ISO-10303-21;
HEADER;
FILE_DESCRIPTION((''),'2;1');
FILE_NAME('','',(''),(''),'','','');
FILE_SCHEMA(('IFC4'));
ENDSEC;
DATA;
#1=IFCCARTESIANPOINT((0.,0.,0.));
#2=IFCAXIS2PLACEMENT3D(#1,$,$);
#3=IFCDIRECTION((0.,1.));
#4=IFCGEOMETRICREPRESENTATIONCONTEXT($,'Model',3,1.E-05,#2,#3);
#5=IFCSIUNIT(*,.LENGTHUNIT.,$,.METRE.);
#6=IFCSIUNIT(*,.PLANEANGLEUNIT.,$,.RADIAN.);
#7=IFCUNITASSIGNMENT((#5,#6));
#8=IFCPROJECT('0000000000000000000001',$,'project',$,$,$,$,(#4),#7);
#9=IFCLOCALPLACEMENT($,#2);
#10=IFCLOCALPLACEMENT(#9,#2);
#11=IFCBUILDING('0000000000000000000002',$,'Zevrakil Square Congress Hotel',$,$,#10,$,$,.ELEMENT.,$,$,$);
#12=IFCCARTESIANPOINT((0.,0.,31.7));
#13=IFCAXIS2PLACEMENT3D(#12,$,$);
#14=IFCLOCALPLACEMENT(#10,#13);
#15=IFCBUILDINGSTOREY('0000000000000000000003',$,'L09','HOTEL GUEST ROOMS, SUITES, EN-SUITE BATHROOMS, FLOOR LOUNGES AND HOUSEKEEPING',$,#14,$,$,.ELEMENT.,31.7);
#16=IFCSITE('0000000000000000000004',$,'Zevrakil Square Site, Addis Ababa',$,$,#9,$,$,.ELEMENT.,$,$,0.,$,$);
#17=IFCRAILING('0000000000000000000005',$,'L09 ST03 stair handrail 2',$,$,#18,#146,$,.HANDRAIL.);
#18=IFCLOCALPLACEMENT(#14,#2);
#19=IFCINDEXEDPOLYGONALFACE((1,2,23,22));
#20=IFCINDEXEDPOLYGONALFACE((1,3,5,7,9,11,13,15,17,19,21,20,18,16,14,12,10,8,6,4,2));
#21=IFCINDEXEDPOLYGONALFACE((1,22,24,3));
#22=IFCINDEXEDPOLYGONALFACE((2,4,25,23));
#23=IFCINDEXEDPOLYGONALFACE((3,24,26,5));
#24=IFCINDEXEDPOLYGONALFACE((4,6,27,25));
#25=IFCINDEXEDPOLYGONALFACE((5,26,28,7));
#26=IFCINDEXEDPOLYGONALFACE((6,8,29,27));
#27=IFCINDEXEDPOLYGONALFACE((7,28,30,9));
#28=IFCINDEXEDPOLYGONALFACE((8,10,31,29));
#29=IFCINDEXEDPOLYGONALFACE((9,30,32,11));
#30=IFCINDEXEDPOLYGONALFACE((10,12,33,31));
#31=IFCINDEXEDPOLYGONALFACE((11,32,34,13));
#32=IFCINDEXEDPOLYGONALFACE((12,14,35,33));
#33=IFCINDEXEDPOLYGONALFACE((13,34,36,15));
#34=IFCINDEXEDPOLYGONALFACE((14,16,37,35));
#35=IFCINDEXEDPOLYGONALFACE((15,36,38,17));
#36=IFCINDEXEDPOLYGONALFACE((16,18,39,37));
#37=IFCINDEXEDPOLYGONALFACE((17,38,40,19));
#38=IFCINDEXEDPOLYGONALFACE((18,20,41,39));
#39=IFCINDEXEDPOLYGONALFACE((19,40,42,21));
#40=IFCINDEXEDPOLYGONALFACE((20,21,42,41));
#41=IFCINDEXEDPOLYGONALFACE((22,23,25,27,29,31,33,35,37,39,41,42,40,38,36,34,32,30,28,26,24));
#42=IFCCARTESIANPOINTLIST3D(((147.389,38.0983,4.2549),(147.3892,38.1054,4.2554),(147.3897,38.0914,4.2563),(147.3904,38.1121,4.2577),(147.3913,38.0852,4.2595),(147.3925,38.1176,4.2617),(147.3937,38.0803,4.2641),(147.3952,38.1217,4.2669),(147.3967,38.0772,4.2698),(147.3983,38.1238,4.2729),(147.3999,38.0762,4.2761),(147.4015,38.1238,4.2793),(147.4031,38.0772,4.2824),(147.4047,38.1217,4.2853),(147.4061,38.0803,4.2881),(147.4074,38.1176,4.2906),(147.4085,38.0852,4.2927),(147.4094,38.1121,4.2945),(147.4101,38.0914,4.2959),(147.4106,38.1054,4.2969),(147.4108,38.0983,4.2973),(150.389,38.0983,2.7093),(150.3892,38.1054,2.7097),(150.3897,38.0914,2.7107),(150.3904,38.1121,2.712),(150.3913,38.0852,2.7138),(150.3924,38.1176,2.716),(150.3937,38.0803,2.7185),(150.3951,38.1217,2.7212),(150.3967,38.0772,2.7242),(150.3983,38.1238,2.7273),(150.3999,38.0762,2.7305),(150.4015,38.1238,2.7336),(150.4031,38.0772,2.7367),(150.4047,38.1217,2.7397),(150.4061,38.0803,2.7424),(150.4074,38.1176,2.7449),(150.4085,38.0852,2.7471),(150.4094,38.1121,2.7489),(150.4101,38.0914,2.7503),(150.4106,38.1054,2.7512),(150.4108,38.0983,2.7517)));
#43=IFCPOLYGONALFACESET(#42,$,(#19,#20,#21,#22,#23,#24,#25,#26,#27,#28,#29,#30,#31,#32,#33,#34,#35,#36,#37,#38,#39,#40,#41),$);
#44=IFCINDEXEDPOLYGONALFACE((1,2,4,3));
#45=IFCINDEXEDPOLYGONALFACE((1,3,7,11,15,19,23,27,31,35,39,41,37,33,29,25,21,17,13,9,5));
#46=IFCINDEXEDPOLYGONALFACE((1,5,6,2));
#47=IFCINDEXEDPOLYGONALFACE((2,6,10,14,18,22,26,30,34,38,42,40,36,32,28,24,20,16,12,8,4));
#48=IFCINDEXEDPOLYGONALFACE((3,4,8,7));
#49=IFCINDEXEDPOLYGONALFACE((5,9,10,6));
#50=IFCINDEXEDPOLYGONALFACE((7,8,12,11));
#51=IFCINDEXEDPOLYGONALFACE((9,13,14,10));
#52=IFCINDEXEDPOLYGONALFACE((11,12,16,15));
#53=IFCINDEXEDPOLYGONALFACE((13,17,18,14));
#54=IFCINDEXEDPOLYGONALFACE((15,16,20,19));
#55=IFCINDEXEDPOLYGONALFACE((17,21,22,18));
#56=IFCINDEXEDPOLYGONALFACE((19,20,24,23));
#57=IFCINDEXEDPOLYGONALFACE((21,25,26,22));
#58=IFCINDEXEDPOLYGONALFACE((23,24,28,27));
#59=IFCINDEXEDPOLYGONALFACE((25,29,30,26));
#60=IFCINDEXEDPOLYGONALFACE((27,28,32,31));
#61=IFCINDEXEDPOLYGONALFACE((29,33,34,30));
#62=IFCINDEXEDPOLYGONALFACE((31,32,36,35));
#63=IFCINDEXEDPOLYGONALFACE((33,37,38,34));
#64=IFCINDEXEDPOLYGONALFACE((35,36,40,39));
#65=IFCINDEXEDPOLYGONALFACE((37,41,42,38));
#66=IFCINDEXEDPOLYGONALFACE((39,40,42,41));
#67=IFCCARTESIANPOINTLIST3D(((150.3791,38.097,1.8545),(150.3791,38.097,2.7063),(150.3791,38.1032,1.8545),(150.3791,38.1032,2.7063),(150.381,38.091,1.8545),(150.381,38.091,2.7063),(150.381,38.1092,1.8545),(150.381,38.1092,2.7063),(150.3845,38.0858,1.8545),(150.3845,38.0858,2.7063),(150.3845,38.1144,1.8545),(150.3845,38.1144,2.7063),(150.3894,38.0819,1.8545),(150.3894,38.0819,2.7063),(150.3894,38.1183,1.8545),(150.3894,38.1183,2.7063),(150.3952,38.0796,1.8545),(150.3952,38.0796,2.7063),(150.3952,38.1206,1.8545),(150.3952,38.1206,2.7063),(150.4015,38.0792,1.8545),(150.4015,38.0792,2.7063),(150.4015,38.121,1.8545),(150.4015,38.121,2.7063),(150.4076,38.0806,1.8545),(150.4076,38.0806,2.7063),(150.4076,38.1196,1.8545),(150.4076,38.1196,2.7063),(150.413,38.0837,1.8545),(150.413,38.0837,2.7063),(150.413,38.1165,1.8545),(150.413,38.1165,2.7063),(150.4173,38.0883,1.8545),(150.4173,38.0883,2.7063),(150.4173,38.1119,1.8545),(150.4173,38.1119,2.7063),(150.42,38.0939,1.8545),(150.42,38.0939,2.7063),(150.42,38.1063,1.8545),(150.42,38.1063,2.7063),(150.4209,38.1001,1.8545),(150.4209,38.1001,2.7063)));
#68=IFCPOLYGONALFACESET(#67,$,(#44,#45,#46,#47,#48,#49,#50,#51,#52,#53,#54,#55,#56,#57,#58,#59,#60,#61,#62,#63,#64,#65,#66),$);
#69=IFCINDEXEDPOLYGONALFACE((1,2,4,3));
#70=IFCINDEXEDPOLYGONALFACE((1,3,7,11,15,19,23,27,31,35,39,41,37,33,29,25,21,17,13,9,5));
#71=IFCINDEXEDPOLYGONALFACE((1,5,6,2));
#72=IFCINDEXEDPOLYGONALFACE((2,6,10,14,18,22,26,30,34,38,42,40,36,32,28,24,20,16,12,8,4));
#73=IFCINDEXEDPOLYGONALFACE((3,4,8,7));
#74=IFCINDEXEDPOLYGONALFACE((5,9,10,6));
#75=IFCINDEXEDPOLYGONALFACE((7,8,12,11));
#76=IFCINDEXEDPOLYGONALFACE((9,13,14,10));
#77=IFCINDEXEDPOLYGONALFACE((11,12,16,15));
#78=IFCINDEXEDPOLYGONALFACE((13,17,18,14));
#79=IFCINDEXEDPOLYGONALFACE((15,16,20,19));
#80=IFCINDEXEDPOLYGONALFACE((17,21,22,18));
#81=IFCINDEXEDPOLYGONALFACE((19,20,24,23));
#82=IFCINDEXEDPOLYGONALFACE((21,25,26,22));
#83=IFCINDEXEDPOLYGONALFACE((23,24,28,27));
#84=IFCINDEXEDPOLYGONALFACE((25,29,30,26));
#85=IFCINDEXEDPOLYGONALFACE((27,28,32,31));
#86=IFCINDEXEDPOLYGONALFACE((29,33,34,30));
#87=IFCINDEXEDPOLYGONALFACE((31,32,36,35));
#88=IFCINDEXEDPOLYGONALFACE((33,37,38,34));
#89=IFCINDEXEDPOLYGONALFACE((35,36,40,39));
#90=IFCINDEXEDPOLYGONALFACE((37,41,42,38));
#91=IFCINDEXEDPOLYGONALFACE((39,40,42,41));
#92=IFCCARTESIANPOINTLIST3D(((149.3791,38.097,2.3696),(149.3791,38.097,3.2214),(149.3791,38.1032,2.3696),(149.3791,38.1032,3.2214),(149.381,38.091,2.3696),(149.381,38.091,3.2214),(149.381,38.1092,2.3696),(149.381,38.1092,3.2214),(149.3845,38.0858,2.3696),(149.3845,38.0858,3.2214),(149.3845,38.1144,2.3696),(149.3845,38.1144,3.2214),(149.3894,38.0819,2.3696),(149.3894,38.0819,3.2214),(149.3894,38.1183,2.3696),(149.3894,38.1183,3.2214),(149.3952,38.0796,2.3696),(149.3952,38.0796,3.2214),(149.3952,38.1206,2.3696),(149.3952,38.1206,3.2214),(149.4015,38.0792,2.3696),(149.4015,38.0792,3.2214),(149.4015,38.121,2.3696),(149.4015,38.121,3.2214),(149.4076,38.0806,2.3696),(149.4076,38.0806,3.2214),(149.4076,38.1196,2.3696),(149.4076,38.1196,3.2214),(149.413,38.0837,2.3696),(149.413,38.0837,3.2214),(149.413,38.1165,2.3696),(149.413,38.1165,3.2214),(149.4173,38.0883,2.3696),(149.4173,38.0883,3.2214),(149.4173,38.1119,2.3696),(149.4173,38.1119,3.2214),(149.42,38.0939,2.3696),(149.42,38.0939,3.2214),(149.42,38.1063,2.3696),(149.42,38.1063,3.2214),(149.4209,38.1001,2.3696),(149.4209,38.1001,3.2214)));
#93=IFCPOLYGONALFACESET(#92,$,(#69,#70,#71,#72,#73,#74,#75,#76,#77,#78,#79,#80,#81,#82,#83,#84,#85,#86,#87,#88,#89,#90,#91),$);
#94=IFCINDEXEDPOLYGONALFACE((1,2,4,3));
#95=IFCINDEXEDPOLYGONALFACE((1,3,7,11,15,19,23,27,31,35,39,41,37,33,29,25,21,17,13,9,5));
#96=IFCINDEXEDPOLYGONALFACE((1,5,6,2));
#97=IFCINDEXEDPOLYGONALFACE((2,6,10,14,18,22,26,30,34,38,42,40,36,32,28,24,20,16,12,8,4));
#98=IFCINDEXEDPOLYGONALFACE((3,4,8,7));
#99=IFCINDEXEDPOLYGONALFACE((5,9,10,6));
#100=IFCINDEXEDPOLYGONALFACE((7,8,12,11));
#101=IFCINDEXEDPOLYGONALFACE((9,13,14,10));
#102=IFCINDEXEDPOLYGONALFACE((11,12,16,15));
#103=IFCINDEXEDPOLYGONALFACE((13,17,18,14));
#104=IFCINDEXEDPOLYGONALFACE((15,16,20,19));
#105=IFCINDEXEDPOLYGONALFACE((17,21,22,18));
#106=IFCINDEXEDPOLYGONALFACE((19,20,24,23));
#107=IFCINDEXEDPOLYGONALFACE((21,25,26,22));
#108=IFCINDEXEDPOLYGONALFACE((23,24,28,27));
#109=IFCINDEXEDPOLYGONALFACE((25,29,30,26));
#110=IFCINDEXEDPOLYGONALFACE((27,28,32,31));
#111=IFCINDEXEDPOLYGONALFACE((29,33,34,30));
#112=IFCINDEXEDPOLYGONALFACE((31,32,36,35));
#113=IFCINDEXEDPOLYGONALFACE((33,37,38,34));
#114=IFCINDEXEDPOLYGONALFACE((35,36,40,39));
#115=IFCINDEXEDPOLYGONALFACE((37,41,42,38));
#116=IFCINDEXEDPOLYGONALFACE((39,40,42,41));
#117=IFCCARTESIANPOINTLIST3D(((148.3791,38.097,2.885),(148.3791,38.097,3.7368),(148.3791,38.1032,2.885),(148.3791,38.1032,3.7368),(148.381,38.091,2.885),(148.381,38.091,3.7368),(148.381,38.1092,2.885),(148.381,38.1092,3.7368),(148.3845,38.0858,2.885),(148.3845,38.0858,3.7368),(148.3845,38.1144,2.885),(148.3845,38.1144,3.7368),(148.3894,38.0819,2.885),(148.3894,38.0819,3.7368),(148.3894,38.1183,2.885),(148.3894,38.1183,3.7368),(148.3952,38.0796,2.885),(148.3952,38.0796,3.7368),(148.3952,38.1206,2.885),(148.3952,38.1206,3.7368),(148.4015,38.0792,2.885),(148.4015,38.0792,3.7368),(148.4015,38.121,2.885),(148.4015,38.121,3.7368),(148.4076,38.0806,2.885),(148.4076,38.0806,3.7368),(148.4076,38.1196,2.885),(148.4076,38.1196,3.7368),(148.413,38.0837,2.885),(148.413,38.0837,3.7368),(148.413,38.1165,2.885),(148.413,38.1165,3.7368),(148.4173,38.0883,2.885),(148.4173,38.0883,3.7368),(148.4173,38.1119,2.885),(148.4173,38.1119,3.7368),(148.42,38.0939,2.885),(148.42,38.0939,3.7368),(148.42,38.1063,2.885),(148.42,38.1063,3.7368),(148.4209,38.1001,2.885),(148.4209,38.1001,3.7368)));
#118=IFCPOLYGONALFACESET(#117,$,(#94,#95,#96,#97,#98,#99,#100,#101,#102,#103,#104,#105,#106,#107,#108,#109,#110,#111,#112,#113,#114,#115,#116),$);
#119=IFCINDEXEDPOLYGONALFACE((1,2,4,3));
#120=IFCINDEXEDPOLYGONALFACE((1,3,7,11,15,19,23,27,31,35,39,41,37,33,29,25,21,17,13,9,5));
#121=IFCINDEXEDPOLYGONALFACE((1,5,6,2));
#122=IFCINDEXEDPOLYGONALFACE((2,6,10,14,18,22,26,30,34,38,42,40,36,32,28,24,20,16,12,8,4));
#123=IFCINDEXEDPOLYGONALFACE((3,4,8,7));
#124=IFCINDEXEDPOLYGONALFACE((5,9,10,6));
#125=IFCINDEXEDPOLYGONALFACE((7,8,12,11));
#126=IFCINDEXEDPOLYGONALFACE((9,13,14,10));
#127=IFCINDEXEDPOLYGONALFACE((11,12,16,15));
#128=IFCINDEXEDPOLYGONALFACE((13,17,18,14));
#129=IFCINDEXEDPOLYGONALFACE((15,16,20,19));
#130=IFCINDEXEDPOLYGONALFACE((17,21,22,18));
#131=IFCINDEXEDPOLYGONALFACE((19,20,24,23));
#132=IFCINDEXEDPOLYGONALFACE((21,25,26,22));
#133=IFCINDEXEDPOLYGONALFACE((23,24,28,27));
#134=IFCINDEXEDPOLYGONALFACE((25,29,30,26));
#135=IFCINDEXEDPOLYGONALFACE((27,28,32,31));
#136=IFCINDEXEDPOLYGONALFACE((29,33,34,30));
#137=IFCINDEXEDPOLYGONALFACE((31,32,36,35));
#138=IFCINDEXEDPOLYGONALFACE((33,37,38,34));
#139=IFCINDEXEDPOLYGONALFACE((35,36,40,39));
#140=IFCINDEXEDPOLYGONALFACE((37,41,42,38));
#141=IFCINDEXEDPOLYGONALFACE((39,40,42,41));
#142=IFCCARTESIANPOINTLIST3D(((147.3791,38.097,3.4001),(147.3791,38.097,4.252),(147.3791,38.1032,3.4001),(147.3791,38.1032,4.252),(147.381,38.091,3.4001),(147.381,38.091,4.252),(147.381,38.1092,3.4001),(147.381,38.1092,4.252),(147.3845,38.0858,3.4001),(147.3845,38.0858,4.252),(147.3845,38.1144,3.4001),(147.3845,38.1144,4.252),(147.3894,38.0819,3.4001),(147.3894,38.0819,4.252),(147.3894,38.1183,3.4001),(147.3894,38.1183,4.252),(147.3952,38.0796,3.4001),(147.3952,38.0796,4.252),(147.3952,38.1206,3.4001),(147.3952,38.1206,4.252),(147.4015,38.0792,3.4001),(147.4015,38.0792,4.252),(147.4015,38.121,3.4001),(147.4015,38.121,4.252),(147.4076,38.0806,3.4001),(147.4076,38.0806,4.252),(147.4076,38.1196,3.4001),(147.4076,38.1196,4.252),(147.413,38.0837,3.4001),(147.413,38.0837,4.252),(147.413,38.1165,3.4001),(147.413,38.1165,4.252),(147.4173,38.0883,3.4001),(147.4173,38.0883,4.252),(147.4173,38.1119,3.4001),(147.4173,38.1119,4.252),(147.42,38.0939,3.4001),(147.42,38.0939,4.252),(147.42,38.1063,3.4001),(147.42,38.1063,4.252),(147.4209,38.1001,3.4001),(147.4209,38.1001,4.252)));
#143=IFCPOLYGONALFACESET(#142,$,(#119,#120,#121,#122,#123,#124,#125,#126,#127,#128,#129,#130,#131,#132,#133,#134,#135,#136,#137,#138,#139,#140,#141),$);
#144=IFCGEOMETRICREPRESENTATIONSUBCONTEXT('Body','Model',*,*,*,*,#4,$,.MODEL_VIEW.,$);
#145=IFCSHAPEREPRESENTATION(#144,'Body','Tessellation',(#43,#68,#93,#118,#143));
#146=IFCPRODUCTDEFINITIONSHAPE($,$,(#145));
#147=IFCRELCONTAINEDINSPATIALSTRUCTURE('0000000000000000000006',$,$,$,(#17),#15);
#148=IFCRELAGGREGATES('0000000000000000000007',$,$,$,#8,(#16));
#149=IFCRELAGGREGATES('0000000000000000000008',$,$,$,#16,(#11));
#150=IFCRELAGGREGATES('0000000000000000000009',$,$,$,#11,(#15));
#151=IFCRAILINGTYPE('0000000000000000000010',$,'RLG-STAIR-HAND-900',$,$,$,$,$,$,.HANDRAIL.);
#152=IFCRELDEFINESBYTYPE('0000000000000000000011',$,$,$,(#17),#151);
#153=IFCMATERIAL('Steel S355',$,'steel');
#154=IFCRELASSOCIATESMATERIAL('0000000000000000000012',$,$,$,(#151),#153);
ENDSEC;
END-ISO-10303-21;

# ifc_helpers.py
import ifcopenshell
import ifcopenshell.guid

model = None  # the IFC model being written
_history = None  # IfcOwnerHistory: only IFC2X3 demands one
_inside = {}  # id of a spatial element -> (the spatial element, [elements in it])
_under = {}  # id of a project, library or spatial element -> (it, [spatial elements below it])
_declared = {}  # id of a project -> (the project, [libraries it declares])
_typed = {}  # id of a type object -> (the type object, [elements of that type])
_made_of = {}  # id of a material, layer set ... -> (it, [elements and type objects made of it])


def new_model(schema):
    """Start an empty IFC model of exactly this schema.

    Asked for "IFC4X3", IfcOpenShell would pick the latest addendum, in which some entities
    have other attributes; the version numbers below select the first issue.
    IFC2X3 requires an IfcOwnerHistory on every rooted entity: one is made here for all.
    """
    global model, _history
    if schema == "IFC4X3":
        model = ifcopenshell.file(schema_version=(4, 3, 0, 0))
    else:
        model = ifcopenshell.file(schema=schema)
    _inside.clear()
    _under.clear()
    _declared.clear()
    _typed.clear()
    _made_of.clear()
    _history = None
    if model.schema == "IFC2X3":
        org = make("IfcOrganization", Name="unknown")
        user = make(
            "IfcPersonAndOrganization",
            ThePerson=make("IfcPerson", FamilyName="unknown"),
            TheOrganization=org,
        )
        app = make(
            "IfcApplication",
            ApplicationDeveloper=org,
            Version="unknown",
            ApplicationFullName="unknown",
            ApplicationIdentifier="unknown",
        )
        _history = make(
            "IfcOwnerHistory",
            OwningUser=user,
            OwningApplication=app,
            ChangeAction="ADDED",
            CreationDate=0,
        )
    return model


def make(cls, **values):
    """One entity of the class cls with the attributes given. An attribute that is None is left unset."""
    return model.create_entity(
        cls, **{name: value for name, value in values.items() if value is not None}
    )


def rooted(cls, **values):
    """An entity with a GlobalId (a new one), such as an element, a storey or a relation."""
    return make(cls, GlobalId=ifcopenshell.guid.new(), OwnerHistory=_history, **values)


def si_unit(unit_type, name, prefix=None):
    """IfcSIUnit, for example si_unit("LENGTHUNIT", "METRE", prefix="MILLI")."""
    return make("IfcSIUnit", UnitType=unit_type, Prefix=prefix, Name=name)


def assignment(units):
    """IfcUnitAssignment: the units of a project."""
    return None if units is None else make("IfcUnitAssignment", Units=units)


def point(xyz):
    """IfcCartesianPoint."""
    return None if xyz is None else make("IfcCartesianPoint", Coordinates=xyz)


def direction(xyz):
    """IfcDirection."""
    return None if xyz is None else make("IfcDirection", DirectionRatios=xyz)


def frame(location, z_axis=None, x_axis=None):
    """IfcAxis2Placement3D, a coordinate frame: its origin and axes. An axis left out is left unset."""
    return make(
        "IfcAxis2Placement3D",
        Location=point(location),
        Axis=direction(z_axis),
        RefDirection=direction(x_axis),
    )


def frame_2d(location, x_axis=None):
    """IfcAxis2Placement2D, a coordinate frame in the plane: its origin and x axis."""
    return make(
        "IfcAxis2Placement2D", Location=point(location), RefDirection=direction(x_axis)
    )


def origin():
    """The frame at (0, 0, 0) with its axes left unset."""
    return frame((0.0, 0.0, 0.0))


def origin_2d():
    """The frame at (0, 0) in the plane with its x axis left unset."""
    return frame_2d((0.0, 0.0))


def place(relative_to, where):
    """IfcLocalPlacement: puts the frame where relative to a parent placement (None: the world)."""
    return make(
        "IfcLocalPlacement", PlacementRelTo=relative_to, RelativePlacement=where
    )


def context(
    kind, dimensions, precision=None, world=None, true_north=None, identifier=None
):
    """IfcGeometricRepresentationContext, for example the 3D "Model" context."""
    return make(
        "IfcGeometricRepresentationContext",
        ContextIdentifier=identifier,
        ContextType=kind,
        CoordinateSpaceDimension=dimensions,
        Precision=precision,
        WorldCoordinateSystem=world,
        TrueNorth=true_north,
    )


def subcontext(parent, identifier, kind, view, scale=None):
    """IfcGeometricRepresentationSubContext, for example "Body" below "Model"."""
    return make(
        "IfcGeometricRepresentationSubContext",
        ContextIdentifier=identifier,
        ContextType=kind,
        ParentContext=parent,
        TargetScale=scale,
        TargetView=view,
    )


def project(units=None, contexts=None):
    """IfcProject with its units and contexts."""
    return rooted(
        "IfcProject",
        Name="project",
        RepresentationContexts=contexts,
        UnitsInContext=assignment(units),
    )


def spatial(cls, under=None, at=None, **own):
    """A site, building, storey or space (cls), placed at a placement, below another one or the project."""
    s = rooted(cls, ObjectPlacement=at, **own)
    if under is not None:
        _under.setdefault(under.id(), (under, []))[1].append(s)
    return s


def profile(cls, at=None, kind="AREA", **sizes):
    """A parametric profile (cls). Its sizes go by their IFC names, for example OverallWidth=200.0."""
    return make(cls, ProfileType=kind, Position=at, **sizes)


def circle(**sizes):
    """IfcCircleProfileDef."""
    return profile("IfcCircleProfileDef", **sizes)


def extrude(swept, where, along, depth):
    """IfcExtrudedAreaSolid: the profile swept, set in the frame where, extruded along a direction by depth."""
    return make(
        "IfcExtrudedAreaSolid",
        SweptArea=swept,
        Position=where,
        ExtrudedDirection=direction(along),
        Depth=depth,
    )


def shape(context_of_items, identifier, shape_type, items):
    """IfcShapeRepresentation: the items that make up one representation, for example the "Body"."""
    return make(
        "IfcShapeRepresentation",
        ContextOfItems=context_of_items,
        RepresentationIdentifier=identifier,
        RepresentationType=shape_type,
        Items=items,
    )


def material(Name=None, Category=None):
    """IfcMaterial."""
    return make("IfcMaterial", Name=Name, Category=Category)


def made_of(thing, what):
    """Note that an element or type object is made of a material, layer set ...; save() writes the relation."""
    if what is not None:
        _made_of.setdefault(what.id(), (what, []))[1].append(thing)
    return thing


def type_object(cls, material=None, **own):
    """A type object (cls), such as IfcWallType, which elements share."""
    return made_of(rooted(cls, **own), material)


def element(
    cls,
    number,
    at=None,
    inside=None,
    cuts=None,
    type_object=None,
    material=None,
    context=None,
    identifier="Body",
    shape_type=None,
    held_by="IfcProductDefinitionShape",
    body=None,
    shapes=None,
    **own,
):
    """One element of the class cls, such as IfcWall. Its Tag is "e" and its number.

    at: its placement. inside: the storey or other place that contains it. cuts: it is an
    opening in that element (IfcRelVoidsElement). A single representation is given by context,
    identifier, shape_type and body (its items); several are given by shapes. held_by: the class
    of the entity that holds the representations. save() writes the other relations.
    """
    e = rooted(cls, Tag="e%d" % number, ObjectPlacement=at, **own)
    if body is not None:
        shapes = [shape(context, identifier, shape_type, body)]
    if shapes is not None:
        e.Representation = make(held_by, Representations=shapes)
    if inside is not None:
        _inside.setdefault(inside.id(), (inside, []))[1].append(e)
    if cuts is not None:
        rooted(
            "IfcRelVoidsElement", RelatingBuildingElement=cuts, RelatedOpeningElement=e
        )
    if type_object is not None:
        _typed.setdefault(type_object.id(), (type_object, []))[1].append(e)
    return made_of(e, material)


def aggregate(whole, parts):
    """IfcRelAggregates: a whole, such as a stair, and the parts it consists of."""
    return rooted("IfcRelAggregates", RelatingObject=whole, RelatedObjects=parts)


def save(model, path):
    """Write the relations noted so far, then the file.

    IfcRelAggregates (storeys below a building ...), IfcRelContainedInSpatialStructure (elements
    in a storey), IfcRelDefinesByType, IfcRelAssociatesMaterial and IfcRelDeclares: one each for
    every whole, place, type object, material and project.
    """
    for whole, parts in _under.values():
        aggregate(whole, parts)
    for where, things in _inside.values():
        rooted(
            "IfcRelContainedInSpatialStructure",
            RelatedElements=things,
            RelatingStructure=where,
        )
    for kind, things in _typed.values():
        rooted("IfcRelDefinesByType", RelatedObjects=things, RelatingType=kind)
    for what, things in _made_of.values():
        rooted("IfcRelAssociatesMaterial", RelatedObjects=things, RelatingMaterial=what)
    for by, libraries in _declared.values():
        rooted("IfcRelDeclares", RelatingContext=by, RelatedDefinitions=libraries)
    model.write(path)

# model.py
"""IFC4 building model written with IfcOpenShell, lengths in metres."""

from ifc_helpers import new_model, si_unit, direction, frame, origin, origin_2d, place, context, subcontext, project, spatial, circle, extrude, material, type_object, element, save


model = new_model("IFC4")

# Units and contexts
model_context = context("Model", 3, precision=1e-05, world=origin(), true_north=direction((0.0, 1.0)))
body_context = subcontext(model_context, "Body", "Model", "MODEL_VIEW")
ifc_project = project(units=[si_unit("LENGTHUNIT", "METRE"), si_unit("PLANEANGLEUNIT", "RADIAN")], contexts=[model_context])

# Site, building, storey
site_placement = place(None, origin())
site = spatial("IfcSite", under=ifc_project, at=site_placement, Name="Zevrakil Square Site, Addis Ababa", CompositionType="ELEMENT", RefElevation=0.0)
building_placement = place(site_placement, origin())
building = spatial("IfcBuilding", under=site, at=building_placement, Name="Zevrakil Square Congress Hotel", CompositionType="ELEMENT")
storey_placement = place(building_placement, frame((0.0, 0.0, 31.7)))
storey = spatial("IfcBuildingStorey", under=building, at=storey_placement, Name="L09", Description="HOTEL GUEST ROOMS, SUITES, EN-SUITE BATHROOMS, FLOOR LOUNGES AND HOUSEKEEPING", CompositionType="ELEMENT", Elevation=31.7)

# Railing
ifc_material_1 = material(Name="Steel S355", Category="steel")
railing_type_1 = type_object("IfcRailingType", Name="RLG-STAIR-HAND-900", PredefinedType="HANDRAIL", material=ifc_material_1)
railing_1_placement = place(storey_placement, frame((150.3999, 38.1001, 1.8545)))
element("IfcRailing", 1, at=railing_1_placement, inside=storey, type_object=railing_type_1, Name="L09 ST03 stair handrail 2", PredefinedType="HANDRAIL", context=body_context, shape_type="SweptSolid", body=[
    extrude(circle(Radius=0.0239, at=origin_2d()), frame((0.0, 0.0, 0.876), z_axis=(-0.88895, 0.0, 0.458003), x_axis=(0.0, -1.0, 0.0)), (0.0, 0.0, 1.0), 3.3748),
    extrude(circle(Radius=0.021, at=origin_2d()), origin(), (0.0, 0.0, 1.0), 0.8518),
    extrude(circle(Radius=0.021, at=origin_2d()), frame((-1.0, 0.0, 0.5151)), (0.0, 0.0, 1.0), 0.8518),
    extrude(circle(Radius=0.021, at=origin_2d()), frame((-2.0, 0.0, 1.0305)), (0.0, 0.0, 1.0), 0.8518),
    extrude(circle(Radius=0.021, at=origin_2d()), frame((-3.0, 0.0, 1.5457)), (0.0, 0.0, 1.0), 0.8518),
])

save(model, "model.ifc")
